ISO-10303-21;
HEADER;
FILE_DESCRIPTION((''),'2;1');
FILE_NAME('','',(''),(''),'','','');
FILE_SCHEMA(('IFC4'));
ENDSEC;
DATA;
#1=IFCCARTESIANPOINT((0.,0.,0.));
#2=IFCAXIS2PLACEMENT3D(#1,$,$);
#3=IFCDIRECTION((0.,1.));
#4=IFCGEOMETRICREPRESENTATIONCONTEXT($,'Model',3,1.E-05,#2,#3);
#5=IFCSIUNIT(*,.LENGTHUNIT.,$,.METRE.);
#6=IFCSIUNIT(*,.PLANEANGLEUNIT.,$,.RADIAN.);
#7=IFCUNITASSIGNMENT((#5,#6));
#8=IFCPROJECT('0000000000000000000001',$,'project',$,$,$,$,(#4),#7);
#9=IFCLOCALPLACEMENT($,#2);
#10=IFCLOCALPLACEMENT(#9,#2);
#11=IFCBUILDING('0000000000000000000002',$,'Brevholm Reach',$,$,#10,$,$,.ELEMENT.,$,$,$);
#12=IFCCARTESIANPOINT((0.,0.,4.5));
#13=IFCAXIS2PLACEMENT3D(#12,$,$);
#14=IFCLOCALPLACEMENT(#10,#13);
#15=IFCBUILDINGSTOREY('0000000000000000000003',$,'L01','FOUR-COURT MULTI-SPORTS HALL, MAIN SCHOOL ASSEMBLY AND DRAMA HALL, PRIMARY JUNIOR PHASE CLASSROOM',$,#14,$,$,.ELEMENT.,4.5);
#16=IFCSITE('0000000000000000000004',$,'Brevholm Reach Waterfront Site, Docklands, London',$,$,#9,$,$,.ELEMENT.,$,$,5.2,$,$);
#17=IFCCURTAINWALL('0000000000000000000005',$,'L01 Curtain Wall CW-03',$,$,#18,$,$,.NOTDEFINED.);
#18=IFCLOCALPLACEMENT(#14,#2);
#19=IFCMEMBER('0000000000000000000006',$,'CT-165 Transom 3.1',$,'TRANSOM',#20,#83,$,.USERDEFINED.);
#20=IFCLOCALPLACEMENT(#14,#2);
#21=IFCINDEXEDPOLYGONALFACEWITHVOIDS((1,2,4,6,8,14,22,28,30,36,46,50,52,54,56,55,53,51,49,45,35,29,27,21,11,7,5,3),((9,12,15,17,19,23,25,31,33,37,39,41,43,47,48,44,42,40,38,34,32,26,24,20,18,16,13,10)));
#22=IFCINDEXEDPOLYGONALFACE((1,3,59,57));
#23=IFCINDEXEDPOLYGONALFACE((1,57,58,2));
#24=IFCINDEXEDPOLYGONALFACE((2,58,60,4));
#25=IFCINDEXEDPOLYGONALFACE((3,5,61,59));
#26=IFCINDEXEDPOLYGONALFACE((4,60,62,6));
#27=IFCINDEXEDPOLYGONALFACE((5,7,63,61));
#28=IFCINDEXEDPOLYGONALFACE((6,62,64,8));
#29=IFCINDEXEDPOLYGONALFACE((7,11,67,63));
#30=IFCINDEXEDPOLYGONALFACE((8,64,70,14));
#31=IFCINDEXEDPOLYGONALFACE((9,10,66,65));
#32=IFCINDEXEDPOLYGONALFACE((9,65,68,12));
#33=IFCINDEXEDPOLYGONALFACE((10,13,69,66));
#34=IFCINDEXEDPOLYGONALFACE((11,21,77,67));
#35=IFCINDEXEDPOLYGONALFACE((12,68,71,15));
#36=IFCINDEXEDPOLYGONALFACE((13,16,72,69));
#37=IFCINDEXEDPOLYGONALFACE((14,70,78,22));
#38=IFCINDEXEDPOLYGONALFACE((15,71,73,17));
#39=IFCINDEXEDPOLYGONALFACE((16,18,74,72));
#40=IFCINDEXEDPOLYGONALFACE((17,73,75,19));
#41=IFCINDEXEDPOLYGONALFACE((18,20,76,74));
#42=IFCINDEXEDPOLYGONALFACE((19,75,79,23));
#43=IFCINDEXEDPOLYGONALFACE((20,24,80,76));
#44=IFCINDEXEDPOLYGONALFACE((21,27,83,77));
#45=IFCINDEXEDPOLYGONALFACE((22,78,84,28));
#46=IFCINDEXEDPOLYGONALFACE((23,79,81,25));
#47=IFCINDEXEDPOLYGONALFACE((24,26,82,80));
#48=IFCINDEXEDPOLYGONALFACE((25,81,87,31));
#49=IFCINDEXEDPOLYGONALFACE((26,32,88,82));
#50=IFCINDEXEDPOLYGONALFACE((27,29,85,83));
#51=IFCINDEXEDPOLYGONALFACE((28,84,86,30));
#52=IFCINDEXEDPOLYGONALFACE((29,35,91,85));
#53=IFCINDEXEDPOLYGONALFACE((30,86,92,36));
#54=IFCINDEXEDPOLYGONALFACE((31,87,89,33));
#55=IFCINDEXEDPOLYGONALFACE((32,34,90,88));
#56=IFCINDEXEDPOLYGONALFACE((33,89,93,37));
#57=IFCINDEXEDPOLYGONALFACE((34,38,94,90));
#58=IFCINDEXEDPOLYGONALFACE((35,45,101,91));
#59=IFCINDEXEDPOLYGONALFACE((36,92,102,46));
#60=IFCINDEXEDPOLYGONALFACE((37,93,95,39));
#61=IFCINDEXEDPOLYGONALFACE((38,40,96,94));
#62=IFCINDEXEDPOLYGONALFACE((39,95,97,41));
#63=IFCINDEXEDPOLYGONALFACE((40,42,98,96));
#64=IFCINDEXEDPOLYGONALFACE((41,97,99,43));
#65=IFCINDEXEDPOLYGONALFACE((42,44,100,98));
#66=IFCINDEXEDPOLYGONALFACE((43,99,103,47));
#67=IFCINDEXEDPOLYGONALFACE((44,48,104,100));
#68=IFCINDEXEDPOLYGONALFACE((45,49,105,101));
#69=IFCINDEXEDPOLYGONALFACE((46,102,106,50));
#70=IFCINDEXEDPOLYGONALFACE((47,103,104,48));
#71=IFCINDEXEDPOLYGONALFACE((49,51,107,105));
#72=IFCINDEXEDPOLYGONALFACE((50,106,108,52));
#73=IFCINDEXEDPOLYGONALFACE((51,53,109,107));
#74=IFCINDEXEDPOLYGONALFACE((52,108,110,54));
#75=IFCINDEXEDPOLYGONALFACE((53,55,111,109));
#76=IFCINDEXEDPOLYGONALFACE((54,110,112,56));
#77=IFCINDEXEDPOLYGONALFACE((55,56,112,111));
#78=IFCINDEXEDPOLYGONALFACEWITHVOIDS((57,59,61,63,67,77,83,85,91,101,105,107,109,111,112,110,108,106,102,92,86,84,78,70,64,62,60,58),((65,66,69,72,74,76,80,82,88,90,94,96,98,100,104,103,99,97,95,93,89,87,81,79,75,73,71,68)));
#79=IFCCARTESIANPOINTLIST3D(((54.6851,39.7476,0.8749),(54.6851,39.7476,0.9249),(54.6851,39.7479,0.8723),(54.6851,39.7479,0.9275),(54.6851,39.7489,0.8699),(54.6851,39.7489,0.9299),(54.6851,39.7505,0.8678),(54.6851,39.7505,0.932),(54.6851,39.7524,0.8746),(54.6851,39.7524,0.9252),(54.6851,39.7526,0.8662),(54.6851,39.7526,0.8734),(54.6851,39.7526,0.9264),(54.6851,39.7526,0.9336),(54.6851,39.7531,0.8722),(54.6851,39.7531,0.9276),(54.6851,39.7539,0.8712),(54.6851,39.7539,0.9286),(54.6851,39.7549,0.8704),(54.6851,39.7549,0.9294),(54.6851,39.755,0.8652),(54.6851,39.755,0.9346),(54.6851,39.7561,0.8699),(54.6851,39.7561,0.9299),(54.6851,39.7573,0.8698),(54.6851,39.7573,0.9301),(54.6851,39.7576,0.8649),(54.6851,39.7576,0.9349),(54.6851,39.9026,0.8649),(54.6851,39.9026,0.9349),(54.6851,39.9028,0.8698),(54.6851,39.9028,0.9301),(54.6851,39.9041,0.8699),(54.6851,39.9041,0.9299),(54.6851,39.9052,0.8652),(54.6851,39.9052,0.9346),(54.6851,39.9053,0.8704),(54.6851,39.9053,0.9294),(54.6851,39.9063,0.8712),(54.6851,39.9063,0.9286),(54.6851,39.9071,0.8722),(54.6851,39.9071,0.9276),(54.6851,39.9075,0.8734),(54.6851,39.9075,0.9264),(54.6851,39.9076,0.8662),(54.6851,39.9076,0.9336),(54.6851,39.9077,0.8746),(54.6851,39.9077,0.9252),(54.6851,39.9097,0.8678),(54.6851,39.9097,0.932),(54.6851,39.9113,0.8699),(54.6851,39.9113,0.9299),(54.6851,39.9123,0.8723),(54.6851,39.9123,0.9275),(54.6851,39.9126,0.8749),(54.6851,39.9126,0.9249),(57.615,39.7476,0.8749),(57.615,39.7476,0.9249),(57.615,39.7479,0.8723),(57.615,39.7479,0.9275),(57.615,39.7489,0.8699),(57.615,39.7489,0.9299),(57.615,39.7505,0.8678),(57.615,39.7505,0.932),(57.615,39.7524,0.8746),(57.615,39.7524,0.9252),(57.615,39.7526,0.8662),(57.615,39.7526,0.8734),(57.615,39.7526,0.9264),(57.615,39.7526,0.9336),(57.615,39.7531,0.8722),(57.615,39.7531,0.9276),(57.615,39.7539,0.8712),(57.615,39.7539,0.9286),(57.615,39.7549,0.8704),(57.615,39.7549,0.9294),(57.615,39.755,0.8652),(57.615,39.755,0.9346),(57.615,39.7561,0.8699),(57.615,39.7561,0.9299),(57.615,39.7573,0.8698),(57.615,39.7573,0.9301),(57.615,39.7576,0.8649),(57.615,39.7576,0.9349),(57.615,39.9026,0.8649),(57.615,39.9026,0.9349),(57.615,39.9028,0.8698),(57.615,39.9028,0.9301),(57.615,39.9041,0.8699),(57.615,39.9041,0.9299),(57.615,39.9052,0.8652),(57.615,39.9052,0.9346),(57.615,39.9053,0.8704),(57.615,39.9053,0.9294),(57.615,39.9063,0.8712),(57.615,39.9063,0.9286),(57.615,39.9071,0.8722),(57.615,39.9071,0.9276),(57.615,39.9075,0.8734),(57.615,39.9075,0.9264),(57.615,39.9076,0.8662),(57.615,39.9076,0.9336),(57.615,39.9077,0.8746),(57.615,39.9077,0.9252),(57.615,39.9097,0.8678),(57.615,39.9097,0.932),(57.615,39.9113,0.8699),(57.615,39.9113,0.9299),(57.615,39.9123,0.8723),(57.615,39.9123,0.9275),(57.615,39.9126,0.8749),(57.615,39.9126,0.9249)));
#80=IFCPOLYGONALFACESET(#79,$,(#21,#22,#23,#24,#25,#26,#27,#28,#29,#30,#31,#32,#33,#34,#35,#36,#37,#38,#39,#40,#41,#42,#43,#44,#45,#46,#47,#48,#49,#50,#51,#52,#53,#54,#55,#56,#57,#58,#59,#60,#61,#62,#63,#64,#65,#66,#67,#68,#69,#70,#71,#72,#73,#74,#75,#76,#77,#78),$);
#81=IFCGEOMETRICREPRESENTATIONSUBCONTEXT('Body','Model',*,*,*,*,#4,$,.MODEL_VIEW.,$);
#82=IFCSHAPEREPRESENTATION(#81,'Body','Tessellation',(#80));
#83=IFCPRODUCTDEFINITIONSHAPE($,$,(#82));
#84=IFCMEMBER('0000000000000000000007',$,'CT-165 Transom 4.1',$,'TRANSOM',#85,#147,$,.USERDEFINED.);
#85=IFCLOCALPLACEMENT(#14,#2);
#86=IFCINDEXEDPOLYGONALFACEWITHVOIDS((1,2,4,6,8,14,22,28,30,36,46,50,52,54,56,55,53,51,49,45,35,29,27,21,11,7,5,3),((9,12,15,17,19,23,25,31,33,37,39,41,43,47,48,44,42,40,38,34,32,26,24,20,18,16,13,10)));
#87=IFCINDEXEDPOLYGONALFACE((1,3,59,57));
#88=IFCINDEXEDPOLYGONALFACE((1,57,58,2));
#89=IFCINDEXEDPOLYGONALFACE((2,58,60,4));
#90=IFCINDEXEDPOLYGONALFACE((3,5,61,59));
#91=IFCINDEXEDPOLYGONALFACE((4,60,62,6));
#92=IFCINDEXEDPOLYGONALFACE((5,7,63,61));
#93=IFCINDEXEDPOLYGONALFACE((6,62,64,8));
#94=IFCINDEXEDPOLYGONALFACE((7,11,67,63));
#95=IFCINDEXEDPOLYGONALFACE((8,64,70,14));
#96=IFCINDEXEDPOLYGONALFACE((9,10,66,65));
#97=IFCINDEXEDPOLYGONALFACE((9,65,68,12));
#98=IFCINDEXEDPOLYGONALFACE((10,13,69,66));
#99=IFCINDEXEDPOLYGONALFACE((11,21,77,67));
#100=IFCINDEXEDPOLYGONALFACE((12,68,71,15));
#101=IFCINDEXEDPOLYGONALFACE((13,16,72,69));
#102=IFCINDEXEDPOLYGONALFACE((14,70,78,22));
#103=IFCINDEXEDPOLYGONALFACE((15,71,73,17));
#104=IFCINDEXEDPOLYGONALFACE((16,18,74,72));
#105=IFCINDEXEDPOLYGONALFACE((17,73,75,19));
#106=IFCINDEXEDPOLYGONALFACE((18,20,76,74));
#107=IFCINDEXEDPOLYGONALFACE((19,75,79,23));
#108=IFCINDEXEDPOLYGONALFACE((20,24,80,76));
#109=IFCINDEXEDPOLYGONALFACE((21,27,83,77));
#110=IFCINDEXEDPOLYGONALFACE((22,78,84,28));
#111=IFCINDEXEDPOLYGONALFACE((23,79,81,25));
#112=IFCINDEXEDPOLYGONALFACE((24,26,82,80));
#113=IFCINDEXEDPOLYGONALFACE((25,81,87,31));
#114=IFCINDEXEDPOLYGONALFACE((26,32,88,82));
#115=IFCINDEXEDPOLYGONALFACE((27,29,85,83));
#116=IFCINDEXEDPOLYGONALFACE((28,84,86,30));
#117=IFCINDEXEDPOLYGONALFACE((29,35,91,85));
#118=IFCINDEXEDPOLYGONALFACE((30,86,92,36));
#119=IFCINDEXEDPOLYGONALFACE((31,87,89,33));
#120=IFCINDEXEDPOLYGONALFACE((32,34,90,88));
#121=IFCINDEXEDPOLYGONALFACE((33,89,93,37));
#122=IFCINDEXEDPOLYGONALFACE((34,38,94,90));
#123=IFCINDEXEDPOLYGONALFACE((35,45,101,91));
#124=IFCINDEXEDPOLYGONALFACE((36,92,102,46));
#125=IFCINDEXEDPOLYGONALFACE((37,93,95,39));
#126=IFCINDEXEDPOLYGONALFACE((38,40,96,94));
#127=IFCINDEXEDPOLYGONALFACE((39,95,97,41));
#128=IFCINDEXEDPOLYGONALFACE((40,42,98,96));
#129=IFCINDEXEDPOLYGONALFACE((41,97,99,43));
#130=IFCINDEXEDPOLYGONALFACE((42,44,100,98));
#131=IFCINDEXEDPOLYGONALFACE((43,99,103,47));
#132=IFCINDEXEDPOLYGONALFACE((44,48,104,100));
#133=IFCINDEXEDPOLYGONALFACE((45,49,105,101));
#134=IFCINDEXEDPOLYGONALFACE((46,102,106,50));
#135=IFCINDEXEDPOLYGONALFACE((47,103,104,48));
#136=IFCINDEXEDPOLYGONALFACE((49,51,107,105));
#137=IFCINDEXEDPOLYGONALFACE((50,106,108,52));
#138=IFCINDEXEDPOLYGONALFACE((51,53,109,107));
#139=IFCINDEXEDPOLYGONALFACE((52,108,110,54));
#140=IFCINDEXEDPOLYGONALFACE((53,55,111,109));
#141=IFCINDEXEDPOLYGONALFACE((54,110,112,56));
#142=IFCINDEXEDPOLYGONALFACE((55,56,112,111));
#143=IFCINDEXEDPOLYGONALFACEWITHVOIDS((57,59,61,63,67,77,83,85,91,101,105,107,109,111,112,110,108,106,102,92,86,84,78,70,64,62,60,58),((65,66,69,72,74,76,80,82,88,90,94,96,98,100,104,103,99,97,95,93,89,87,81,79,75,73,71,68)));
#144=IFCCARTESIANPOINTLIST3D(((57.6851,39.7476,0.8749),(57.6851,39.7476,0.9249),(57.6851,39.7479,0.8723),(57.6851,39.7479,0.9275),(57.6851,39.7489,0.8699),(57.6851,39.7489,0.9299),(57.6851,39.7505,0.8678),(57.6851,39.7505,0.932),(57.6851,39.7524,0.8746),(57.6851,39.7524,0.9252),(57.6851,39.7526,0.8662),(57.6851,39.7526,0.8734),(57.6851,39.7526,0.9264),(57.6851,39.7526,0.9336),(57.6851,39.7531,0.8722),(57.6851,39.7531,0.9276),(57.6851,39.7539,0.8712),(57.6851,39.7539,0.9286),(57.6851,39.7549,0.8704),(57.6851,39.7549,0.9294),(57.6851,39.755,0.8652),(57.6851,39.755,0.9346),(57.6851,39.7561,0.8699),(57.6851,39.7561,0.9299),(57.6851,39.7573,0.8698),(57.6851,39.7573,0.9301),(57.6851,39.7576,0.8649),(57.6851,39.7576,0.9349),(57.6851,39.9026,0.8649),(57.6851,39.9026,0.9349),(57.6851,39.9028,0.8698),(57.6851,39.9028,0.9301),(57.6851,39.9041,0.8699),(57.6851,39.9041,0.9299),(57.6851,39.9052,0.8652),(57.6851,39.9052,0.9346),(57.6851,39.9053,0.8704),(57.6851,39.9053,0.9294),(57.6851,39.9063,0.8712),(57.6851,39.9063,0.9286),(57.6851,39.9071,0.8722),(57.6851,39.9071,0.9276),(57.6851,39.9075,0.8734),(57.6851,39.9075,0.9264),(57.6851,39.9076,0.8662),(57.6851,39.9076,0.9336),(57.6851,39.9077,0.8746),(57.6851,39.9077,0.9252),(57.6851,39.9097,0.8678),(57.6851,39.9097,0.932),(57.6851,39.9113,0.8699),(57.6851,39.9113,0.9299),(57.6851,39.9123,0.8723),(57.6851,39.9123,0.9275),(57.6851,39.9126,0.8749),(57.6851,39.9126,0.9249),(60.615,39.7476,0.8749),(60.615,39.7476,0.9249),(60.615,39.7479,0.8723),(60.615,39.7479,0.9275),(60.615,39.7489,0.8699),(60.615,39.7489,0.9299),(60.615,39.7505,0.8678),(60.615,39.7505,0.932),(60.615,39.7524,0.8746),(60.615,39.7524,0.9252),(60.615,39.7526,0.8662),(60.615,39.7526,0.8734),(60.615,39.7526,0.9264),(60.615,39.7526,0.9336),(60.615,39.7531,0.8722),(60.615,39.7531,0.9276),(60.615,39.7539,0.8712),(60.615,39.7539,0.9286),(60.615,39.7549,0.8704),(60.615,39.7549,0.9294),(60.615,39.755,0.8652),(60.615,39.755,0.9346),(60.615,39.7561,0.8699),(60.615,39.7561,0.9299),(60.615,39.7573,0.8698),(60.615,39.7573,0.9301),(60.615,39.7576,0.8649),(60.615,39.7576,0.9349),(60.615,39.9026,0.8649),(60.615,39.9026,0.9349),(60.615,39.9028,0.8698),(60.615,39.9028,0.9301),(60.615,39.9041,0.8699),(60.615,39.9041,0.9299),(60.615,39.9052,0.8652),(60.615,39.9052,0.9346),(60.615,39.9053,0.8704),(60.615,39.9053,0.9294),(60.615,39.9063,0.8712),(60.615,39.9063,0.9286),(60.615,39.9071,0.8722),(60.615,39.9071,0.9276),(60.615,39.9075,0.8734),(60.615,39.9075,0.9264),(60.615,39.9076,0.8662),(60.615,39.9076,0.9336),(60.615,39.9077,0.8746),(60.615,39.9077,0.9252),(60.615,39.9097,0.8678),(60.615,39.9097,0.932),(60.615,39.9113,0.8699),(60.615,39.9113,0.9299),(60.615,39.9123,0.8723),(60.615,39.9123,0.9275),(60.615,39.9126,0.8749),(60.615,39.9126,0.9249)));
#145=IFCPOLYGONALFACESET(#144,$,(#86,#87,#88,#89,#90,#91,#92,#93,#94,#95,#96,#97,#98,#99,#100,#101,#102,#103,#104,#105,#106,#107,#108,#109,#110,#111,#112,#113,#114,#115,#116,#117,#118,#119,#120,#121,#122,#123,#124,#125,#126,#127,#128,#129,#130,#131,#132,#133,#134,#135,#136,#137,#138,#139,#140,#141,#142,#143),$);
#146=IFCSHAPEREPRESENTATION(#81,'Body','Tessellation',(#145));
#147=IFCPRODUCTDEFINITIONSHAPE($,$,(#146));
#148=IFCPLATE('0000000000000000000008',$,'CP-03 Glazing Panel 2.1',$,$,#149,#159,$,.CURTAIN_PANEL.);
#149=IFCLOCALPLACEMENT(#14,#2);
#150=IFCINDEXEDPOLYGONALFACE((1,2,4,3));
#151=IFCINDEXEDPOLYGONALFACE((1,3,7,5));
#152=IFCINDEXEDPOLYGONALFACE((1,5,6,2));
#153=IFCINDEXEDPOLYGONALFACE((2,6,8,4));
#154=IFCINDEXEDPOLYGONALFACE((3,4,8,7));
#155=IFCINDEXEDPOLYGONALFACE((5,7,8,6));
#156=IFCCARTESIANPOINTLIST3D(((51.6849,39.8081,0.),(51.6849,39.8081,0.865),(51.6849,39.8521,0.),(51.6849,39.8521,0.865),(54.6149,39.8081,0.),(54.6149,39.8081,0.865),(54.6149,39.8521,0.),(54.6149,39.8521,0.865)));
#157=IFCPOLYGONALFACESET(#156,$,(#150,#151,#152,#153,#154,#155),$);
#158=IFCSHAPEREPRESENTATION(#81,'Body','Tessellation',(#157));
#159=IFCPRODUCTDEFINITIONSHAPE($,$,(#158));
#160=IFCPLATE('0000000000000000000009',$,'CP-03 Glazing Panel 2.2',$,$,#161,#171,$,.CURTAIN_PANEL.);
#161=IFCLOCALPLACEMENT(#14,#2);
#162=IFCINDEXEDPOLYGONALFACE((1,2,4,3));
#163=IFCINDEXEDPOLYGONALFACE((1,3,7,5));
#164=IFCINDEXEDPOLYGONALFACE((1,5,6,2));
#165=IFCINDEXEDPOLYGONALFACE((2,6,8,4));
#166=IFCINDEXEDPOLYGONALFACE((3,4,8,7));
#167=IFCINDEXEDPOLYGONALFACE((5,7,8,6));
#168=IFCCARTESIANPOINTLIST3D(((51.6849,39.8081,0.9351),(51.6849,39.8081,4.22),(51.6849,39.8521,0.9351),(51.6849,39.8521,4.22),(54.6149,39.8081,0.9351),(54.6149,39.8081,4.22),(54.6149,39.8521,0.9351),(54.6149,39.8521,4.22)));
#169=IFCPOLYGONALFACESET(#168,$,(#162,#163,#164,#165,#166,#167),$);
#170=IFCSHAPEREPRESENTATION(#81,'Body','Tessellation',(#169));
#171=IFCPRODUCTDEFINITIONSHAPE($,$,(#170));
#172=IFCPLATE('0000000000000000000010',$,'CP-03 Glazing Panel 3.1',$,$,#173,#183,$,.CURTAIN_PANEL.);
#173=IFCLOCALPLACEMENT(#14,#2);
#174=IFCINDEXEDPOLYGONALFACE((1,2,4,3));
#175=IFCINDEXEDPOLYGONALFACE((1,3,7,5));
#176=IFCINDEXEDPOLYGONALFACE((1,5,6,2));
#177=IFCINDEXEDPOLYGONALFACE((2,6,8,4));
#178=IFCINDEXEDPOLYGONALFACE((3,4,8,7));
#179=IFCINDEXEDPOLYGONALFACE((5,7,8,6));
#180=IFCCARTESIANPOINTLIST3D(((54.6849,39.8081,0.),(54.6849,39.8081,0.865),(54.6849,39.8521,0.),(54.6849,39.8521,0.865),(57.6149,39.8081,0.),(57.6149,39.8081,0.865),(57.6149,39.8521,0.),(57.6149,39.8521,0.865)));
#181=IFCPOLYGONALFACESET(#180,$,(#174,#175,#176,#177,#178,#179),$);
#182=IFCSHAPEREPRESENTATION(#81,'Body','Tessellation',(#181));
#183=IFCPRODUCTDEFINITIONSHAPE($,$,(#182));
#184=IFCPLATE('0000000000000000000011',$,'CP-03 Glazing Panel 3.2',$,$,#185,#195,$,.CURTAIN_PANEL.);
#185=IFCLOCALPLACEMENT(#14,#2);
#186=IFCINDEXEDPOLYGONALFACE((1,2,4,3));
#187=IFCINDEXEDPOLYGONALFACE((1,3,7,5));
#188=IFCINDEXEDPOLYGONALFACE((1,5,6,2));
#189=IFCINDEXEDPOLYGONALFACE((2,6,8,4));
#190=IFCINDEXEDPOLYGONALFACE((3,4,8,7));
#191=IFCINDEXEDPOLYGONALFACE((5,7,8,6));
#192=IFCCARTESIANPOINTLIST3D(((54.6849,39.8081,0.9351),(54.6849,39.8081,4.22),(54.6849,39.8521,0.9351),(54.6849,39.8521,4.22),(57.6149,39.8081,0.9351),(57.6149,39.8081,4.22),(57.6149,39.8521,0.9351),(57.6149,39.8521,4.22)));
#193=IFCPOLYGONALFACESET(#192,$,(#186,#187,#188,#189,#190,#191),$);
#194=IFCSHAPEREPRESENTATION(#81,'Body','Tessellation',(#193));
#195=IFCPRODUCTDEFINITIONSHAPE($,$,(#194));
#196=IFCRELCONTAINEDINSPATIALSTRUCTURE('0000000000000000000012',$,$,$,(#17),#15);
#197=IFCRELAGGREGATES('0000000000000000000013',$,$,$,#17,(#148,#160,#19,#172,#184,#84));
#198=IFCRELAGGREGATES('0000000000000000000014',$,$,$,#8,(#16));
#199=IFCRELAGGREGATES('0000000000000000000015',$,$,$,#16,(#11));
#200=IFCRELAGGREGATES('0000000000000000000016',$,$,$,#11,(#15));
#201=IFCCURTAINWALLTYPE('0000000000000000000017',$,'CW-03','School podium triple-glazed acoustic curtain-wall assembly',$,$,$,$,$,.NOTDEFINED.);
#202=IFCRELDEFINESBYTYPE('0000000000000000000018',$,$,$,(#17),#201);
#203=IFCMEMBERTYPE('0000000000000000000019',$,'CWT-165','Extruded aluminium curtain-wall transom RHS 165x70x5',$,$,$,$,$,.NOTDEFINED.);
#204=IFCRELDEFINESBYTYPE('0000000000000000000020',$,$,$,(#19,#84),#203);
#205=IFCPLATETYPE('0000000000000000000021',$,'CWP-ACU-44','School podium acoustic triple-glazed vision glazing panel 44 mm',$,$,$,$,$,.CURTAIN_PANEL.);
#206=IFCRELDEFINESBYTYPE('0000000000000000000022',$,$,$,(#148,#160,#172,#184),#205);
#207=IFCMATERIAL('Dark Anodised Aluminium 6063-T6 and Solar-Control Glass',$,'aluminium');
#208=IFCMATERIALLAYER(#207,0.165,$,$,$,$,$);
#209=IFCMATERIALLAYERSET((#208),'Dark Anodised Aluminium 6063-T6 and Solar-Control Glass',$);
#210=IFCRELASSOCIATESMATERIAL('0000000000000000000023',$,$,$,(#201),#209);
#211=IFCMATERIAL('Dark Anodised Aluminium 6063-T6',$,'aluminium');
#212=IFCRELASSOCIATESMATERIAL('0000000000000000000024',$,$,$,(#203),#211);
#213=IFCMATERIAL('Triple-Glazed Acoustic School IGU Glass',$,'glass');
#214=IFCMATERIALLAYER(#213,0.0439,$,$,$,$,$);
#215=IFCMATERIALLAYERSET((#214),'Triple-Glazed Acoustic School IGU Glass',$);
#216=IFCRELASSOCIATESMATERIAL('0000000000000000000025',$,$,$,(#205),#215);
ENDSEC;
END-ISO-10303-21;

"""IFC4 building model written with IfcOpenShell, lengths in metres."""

from ifc_helpers import new_model, si_unit, direction, frame, origin, origin_2d, place, context, subcontext, project, spatial, rectangle, hollow_rectangle, extrude, material, layer, layer_set, material_profile, profile_set, type_object, element, aggregate, save


model = new_model("IFC4")

# Units and contexts
model_context = context("Model", 3, precision=1e-05, world=origin(), true_north=direction((0.0, 1.0)))
body_context = subcontext(model_context, "Body", "Model", "MODEL_VIEW")
ifc_project = project(units=[si_unit("LENGTHUNIT", "METRE"), si_unit("PLANEANGLEUNIT", "RADIAN")], contexts=[model_context])

# Site, building, storey
site_placement = place(None, origin())
site = spatial("IfcSite", under=ifc_project, at=site_placement, Name="Brevholm Reach Waterfront Site, Docklands, London", CompositionType="ELEMENT", RefElevation=5.2)
building_placement = place(site_placement, origin())
building = spatial("IfcBuilding", under=site, at=building_placement, Name="Brevholm Reach", CompositionType="ELEMENT")
storey_placement = place(building_placement, frame((0.0, 0.0, 4.5)))
storey = spatial("IfcBuildingStorey", under=building, at=storey_placement, Name="L01", Description="FOUR-COURT MULTI-SPORTS HALL, MAIN SCHOOL ASSEMBLY AND DRAMA HALL, PRIMARY JUNIOR PHASE CLASSROOM", CompositionType="ELEMENT", Elevation=4.5)

# Curtain wall, members, plates
ifc_material_1 = material(Name="Dark Anodised Aluminium 6063-T6 and Solar-Control Glass", Category="aluminium")
ifc_layer_1 = layer(ifc_material_1, 0.165)
ifc_layer_set_1 = layer_set([ifc_layer_1], Name="Dark Anodised Aluminium 6063-T6 and Solar-Control Glass")
curtain_wall_type = type_object("IfcCurtainWallType", Name="CW-03", Description="School podium triple-glazed acoustic curtain-wall assembly", PredefinedType="NOTDEFINED", material=ifc_layer_set_1)
curtain_wall_placement = place(storey_placement, origin())
curtain_wall = element("IfcCurtainWall", 1, at=curtain_wall_placement, inside=storey, type_object=curtain_wall_type, Name="L01 Curtain Wall CW-03", PredefinedType="NOTDEFINED")
ifc_material_2 = material(Name="Dark Anodised Aluminium 6063-T6", Category="aluminium")
ifc_material_profile_1 = material_profile(ifc_material_2, hollow_rectangle(XDim=0.0701, YDim=0.165, WallThickness=0.0049, InnerFilletRadius=0.0049, OuterFilletRadius=0.01, at=origin_2d()), Name="RHS 165x70x5")
ifc_profile_set_1 = profile_set([ifc_material_profile_1], Name="Dark Anodised Aluminium 6063-T6")
member_type_1 = type_object("IfcMemberType", Name="CWT-165", Description="Extruded aluminium curtain-wall transom RHS 165x70x5", PredefinedType="NOTDEFINED", material=ifc_profile_set_1)
member_1_placement = place(storey_placement, frame((54.6851, 39.8301, 0.8999), z_axis=(1.0, 0.0, 0.0), x_axis=(0.0, 0.0, 1.0)))
member_1 = element("IfcMember", 2, at=member_1_placement, type_object=member_type_1, Name="CT-165 Transom 3.1", ObjectType="TRANSOM", PredefinedType="USERDEFINED", context=body_context, shape_type="SweptSolid", body=[
    extrude(hollow_rectangle(XDim=0.0701, YDim=0.165, WallThickness=0.0049, InnerFilletRadius=0.0049, OuterFilletRadius=0.01, at=origin_2d()), origin(), (0.0, 0.0, 1.0), 2.9299),
])
member_2_placement = place(storey_placement, frame((57.6851, 39.8301, 0.8999), z_axis=(1.0, 0.0, 0.0), x_axis=(0.0, 0.0, 1.0)))
member_2 = element("IfcMember", 3, at=member_2_placement, type_object=member_type_1, Name="CT-165 Transom 4.1", ObjectType="TRANSOM", PredefinedType="USERDEFINED", context=body_context, shape_type="SweptSolid", body=[
    extrude(hollow_rectangle(XDim=0.0701, YDim=0.165, WallThickness=0.0049, InnerFilletRadius=0.0049, OuterFilletRadius=0.01, at=origin_2d()), origin(), (0.0, 0.0, 1.0), 2.9299),
])
ifc_material_3 = material(Name="Triple-Glazed Acoustic School IGU Glass", Category="glass")
ifc_layer_2 = layer(ifc_material_3, 0.0439)
ifc_layer_set_2 = layer_set([ifc_layer_2], Name="Triple-Glazed Acoustic School IGU Glass")
plate_type = type_object("IfcPlateType", Name="CWP-ACU-44", Description="School podium acoustic triple-glazed vision glazing panel 44 mm", PredefinedType="CURTAIN_PANEL", material=ifc_layer_set_2)
plate_1_placement = place(storey_placement, frame((53.1499, 39.8301, 0.0), z_axis=(0.0, 0.0, 1.0), x_axis=(1.0, 0.0, 0.0)))
plate_1 = element("IfcPlate", 4, at=plate_1_placement, type_object=plate_type, Name="CP-03 Glazing Panel 2.1", PredefinedType="CURTAIN_PANEL", context=body_context, shape_type="SweptSolid", body=[
    extrude(rectangle(XDim=2.9299, YDim=0.0439, at=origin_2d()), origin(), (0.0, 0.0, 1.0), 0.865),
])
plate_2_placement = place(storey_placement, frame((53.1499, 39.8301, 0.9351), z_axis=(0.0, 0.0, 1.0), x_axis=(1.0, 0.0, 0.0)))
plate_2 = element("IfcPlate", 5, at=plate_2_placement, type_object=plate_type, Name="CP-03 Glazing Panel 2.2", PredefinedType="CURTAIN_PANEL", context=body_context, shape_type="SweptSolid", body=[
    extrude(rectangle(XDim=2.9299, YDim=0.0439, at=origin_2d()), origin(), (0.0, 0.0, 1.0), 3.2849),
])
plate_3_placement = place(storey_placement, frame((56.1499, 39.8301, 0.0), z_axis=(0.0, 0.0, 1.0), x_axis=(1.0, 0.0, 0.0)))
plate_3 = element("IfcPlate", 6, at=plate_3_placement, type_object=plate_type, Name="CP-03 Glazing Panel 3.1", PredefinedType="CURTAIN_PANEL", context=body_context, shape_type="SweptSolid", body=[
    extrude(rectangle(XDim=2.9299, YDim=0.0439, at=origin_2d()), origin(), (0.0, 0.0, 1.0), 0.865),
])
plate_4_placement = place(storey_placement, frame((56.1499, 39.8301, 0.9351), z_axis=(0.0, 0.0, 1.0), x_axis=(1.0, 0.0, 0.0)))
plate_4 = element("IfcPlate", 7, at=plate_4_placement, type_object=plate_type, Name="CP-03 Glazing Panel 3.2", PredefinedType="CURTAIN_PANEL", context=body_context, shape_type="SweptSolid", body=[
    extrude(rectangle(XDim=2.9299, YDim=0.0439, at=origin_2d()), origin(), (0.0, 0.0, 1.0), 3.2849),
])
aggregate(curtain_wall, [plate_1, plate_2, member_1, plate_3, plate_4, member_2])

save(model, "model.ifc")
